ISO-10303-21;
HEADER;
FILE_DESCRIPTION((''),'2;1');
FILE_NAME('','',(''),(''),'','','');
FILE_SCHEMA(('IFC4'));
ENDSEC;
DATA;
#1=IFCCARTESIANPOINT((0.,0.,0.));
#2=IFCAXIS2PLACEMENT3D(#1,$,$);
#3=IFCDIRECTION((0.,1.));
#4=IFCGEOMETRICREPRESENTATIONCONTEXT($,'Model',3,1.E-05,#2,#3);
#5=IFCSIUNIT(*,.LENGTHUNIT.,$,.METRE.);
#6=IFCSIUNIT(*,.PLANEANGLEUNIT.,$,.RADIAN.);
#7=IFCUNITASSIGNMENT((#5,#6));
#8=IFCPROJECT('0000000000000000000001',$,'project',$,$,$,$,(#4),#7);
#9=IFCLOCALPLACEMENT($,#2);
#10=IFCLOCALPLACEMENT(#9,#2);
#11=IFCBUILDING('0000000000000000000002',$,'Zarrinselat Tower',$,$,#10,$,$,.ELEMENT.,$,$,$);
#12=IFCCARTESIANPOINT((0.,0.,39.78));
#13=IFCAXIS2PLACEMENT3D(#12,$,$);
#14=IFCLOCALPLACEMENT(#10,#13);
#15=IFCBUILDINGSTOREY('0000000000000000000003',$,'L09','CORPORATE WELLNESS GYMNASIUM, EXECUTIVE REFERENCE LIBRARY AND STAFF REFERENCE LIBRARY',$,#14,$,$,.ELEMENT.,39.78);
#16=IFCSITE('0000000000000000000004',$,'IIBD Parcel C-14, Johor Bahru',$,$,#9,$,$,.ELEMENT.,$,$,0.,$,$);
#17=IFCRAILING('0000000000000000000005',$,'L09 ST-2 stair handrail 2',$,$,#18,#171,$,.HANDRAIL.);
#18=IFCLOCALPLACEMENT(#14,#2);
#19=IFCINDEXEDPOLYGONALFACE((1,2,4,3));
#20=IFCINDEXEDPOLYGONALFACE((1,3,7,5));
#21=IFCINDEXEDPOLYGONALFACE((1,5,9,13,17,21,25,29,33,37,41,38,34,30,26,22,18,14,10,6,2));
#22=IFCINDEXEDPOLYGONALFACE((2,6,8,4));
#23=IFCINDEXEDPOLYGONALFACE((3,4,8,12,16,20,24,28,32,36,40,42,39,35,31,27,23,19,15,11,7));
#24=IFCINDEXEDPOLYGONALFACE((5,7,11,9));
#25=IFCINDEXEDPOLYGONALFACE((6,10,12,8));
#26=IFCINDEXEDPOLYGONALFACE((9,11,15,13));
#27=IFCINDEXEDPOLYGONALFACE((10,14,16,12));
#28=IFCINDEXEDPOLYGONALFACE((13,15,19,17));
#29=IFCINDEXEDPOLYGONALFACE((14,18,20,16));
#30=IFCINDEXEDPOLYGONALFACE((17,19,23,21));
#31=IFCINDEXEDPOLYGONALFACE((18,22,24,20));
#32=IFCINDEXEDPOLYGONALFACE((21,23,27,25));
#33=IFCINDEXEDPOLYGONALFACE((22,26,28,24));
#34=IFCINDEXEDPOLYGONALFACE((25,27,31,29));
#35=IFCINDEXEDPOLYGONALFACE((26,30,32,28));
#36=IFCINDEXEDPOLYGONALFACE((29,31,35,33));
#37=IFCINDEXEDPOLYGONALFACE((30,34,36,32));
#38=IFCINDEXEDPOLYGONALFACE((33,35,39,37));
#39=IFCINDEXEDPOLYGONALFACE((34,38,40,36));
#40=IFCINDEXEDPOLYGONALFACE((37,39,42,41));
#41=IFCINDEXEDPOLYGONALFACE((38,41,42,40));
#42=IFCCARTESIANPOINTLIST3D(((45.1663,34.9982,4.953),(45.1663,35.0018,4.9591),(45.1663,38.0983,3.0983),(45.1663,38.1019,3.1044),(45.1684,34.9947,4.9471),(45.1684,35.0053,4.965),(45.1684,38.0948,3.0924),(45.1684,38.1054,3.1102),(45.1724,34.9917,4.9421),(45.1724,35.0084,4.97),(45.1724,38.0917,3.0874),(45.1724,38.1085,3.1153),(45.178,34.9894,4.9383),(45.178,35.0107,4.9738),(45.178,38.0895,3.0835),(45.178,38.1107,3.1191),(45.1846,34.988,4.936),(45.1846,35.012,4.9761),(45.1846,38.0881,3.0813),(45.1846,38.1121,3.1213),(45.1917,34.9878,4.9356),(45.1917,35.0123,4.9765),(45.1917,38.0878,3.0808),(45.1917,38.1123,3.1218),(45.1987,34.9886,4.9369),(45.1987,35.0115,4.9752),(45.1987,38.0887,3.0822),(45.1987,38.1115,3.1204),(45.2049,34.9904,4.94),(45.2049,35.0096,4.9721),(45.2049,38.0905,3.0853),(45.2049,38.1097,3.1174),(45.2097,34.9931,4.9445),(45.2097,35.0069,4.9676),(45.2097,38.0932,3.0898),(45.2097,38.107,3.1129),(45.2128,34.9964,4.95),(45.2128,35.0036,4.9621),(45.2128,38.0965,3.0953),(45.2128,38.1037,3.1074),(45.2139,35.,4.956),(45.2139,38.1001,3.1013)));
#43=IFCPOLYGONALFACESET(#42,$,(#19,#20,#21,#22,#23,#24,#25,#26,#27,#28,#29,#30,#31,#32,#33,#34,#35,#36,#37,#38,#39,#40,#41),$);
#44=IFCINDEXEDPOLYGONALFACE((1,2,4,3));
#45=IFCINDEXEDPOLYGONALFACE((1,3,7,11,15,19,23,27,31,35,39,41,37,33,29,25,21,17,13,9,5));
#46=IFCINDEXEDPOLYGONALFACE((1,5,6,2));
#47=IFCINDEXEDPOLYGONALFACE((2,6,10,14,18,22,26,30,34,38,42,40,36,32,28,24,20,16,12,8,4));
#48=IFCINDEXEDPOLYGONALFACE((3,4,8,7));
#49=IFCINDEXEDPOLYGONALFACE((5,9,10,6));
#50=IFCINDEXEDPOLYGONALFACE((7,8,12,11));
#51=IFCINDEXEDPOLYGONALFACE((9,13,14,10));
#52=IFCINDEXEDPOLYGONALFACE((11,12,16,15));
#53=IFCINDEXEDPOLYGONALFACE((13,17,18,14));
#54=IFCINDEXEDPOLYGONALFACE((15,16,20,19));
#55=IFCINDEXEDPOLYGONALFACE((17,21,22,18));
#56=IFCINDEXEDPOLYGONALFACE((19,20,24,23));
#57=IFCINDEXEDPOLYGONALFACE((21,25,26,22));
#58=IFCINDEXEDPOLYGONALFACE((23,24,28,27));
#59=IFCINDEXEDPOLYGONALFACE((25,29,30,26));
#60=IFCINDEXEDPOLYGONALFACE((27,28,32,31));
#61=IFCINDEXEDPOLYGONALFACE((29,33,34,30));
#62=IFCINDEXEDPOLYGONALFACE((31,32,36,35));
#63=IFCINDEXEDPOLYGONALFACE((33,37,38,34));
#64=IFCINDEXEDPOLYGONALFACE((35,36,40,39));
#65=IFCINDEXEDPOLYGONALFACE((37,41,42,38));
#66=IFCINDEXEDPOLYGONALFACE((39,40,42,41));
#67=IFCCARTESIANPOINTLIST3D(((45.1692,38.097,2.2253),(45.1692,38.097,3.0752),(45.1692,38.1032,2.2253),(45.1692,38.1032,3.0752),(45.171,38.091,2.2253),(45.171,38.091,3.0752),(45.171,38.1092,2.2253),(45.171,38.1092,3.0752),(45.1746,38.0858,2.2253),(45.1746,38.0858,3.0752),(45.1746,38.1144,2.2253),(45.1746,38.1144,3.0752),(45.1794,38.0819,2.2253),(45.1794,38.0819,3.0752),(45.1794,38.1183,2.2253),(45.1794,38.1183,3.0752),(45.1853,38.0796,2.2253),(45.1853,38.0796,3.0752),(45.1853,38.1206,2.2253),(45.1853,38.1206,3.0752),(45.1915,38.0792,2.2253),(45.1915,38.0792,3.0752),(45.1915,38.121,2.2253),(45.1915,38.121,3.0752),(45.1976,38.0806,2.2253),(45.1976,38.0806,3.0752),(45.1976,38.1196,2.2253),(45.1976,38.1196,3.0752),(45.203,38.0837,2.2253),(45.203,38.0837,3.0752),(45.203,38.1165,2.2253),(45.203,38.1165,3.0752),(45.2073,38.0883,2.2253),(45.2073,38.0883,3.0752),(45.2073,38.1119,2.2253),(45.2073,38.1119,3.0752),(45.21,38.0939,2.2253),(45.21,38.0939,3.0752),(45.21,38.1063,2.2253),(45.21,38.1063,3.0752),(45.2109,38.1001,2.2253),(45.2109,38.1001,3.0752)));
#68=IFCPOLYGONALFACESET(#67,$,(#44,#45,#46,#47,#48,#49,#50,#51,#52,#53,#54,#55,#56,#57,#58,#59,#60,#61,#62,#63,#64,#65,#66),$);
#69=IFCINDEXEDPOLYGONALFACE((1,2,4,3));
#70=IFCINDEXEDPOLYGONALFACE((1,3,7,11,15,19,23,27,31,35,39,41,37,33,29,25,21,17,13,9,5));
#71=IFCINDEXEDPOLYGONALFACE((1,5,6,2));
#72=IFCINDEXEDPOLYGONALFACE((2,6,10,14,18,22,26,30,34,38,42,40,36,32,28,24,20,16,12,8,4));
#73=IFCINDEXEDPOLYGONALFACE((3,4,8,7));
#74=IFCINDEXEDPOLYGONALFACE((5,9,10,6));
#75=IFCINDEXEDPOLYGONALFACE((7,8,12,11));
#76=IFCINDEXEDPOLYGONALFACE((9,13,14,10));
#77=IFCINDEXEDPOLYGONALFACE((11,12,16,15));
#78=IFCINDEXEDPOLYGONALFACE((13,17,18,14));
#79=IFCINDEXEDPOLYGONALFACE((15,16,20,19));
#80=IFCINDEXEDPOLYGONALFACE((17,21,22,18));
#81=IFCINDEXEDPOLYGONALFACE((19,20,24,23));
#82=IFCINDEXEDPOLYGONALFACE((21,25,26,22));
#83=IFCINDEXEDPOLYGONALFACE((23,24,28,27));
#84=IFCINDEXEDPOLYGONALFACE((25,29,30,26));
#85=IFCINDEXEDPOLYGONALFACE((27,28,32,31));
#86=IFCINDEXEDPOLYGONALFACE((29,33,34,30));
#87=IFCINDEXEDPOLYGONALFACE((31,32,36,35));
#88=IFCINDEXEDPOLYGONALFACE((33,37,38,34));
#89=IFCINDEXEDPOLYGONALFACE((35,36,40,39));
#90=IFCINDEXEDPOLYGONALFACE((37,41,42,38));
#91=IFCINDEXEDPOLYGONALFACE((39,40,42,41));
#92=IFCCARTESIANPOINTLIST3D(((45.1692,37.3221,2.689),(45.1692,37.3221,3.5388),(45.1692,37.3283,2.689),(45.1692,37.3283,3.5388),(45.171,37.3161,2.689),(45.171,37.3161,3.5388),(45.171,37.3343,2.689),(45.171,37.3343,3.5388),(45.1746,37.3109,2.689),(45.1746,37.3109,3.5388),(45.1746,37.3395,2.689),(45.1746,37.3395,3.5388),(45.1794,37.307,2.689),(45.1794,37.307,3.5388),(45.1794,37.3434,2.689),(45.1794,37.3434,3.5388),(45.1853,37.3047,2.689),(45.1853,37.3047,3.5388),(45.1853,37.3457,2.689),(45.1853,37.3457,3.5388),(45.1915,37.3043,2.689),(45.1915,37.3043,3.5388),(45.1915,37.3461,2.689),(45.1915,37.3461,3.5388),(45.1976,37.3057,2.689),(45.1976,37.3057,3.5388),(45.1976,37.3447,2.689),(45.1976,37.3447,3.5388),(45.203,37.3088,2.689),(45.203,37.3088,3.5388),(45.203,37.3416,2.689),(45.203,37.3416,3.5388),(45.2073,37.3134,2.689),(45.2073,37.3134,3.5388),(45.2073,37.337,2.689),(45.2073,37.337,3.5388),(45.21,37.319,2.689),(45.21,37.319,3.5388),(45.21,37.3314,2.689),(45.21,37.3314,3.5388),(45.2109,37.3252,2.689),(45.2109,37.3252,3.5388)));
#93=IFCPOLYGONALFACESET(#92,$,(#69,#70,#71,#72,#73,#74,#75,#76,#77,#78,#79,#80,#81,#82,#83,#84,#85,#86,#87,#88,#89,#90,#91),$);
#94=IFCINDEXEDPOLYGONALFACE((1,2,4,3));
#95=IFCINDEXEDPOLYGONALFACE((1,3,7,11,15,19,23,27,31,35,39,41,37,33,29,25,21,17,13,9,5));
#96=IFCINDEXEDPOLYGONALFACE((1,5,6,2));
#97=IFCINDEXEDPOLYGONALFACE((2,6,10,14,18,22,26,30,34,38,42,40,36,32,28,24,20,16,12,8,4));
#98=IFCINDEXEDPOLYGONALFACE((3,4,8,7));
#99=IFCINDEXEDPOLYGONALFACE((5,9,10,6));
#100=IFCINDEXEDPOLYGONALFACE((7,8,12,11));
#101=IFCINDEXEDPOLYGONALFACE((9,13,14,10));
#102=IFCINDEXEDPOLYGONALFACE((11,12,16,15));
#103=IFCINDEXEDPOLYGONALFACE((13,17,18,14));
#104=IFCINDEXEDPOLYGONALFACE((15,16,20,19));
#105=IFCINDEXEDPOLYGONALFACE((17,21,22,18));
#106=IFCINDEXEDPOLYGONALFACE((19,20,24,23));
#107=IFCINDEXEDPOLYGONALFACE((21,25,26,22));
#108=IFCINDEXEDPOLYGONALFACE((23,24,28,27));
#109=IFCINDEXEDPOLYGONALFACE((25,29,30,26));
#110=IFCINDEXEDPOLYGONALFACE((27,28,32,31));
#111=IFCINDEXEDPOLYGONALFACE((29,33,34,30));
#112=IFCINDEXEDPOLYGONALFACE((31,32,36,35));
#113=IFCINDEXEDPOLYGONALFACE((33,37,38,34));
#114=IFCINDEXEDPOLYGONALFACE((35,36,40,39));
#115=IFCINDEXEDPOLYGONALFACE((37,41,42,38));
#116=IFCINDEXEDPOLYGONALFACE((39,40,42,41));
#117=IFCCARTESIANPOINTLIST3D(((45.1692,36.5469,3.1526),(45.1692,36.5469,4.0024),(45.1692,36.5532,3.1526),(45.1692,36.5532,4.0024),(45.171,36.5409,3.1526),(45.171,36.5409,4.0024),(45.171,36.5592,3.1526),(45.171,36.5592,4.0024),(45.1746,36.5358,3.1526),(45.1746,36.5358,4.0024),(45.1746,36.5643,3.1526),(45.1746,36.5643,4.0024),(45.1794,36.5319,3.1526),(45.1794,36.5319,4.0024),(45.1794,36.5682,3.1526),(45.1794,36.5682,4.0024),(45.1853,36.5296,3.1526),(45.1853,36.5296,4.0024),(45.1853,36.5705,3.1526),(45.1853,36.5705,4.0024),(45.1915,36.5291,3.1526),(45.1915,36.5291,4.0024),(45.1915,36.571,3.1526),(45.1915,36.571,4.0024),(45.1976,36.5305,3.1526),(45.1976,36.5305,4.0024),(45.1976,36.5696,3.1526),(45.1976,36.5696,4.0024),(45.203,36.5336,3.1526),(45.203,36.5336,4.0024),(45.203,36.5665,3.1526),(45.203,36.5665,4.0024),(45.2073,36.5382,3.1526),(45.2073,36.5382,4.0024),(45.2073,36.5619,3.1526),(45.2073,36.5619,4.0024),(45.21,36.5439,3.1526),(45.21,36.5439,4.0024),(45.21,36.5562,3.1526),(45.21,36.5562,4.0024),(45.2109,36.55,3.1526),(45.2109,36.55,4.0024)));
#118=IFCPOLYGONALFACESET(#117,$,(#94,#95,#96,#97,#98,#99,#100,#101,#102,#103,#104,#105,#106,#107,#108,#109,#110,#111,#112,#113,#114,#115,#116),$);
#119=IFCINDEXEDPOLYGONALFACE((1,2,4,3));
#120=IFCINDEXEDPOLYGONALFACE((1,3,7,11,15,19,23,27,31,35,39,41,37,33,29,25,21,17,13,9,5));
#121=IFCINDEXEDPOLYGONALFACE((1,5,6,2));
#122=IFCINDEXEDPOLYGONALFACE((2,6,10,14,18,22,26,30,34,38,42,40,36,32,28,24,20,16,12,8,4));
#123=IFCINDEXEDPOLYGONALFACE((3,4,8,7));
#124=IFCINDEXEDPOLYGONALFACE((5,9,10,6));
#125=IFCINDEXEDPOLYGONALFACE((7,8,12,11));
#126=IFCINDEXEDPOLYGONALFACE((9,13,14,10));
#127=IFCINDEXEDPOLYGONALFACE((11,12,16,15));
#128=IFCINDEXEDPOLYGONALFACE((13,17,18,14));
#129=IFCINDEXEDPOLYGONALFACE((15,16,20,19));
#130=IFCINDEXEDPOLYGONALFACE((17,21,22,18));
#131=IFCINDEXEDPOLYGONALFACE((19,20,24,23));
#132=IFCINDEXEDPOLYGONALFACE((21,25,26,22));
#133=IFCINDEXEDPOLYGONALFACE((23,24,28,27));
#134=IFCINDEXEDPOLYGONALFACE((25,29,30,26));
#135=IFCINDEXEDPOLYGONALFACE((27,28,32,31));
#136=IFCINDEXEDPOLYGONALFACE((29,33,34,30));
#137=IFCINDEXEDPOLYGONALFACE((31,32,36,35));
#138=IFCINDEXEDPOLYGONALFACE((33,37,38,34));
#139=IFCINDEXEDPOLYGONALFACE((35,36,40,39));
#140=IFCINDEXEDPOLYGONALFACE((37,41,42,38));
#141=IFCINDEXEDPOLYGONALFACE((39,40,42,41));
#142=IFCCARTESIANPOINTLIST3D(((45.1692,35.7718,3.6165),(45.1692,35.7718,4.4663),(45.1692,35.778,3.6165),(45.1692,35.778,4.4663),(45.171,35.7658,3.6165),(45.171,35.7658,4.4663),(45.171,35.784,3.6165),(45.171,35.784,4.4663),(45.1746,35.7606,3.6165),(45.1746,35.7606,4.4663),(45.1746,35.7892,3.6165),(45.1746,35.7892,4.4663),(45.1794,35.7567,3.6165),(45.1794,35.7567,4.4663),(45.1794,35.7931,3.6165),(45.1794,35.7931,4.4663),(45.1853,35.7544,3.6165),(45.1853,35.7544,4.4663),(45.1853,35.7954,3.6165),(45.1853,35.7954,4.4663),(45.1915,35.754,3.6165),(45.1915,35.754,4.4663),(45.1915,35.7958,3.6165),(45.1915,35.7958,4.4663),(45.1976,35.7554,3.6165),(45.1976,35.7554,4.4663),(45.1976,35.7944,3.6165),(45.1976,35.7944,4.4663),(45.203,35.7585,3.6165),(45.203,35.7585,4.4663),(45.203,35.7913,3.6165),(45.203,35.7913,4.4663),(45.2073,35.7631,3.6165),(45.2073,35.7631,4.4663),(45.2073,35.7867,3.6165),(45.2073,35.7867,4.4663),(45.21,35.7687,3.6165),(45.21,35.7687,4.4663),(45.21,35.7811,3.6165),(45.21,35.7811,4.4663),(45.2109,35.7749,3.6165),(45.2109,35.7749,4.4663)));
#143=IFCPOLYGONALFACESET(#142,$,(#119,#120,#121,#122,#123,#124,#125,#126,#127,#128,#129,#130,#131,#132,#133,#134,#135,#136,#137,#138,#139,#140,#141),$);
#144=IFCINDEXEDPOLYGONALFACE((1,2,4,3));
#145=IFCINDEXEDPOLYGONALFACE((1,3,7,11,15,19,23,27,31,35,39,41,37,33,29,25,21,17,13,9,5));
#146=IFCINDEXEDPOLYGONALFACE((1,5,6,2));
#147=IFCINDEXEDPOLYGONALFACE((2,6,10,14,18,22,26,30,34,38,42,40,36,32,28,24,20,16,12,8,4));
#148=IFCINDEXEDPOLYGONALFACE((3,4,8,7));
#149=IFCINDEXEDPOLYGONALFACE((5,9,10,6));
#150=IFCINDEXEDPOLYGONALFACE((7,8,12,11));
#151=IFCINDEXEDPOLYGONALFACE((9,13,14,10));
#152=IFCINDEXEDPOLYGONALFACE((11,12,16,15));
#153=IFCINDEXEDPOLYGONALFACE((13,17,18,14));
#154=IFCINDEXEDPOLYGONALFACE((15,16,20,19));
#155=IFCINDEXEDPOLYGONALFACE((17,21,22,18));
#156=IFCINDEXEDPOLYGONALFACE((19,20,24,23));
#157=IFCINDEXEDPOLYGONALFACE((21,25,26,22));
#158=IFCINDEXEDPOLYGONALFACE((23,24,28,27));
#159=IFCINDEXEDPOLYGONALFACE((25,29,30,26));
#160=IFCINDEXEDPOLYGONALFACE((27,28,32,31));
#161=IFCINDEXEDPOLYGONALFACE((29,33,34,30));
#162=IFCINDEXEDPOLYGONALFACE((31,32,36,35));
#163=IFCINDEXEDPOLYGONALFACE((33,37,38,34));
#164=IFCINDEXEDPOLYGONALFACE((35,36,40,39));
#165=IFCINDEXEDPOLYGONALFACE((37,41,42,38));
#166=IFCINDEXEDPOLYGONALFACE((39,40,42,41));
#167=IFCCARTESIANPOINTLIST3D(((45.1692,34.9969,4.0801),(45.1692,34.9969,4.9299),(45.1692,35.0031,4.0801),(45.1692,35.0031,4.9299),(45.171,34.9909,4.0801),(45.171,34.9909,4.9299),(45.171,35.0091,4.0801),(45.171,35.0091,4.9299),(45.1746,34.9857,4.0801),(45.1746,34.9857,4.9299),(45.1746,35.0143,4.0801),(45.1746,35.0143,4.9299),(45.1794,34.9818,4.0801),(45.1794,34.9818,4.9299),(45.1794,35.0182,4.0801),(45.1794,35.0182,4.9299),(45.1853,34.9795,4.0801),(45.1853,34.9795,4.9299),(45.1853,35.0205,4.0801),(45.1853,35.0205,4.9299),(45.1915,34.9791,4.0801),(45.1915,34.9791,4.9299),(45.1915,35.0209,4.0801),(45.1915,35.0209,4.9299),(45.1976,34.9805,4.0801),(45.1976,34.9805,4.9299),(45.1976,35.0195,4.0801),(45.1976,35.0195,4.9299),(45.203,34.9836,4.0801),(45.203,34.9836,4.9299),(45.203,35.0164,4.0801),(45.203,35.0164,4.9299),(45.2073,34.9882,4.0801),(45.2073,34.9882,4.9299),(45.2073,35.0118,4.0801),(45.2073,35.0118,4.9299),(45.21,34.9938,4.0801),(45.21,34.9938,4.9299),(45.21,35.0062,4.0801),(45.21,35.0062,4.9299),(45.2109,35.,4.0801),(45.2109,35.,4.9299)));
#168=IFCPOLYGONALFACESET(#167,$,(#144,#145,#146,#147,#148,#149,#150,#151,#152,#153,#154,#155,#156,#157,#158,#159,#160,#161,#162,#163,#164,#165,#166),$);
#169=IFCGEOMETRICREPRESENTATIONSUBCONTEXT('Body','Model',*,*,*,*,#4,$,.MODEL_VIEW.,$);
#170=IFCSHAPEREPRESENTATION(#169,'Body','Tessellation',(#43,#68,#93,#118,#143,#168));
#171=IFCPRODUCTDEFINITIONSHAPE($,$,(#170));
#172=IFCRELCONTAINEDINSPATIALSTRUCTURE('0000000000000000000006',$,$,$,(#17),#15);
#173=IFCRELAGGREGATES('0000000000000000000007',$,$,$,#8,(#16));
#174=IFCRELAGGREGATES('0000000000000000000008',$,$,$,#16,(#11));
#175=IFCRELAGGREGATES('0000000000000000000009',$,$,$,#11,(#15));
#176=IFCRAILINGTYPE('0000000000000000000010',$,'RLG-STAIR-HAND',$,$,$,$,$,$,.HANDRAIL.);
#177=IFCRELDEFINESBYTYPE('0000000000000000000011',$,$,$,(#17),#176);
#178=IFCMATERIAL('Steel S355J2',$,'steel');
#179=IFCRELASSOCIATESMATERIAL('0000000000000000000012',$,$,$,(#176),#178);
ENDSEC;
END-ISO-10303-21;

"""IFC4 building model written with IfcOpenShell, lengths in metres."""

from ifc_helpers import new_model, si_unit, direction, frame, origin, origin_2d, place, context, subcontext, project, spatial, circle, extrude, material, type_object, element, save


model = new_model("IFC4")

# Units and contexts
model_context = context("Model", 3, precision=1e-05, world=origin(), true_north=direction((0.0, 1.0)))
body_context = subcontext(model_context, "Body", "Model", "MODEL_VIEW")
ifc_project = project(units=[si_unit("LENGTHUNIT", "METRE"), si_unit("PLANEANGLEUNIT", "RADIAN")], contexts=[model_context])

# Site, building, storey
site_placement = place(None, origin())
site = spatial("IfcSite", under=ifc_project, at=site_placement, Name="IIBD Parcel C-14, Johor Bahru", CompositionType="ELEMENT", RefElevation=0.0)
building_placement = place(site_placement, origin())
building = spatial("IfcBuilding", under=site, at=building_placement, Name="Zarrinselat Tower", CompositionType="ELEMENT")
storey_placement = place(building_placement, frame((0.0, 0.0, 39.78)))
storey = spatial("IfcBuildingStorey", under=building, at=storey_placement, Name="L09", Description="CORPORATE WELLNESS GYMNASIUM, EXECUTIVE REFERENCE LIBRARY AND STAFF REFERENCE LIBRARY", CompositionType="ELEMENT", Elevation=39.78)

# Railing
ifc_material_1 = material(Name="Steel S355J2", Category="steel")
railing_type_1 = type_object("IfcRailingType", Name="RLG-STAIR-HAND", PredefinedType="HANDRAIL", material=ifc_material_1)
railing_1_placement = place(storey_placement, frame((45.1899, 38.1001, 2.2253)))
element("IfcRailing", 1, at=railing_1_placement, inside=storey, type_object=railing_type_1, Name="L09 ST-2 stair handrail 2", PredefinedType="HANDRAIL", context=body_context, shape_type="SweptSolid", body=[
    extrude(circle(Radius=0.0239, at=origin_2d()), frame((0.0, 0.0, 0.876), z_axis=(0.0, -0.858142, 0.513412), x_axis=(1.0, 0.0, 0.0)), (0.0, 0.0, 1.0), 3.6125),
    extrude(circle(Radius=0.021, at=origin_2d()), origin(), (0.0, 0.0, 1.0), 0.8499),
    extrude(circle(Radius=0.021, at=origin_2d()), frame((0.0, -0.7749, 0.4636)), (0.0, 0.0, 1.0), 0.8499),
    extrude(circle(Radius=0.021, at=origin_2d()), frame((0.0, -1.55, 0.9272)), (0.0, 0.0, 1.0), 0.8499),
    extrude(circle(Radius=0.021, at=origin_2d()), frame((0.0, -2.3252, 1.3911)), (0.0, 0.0, 1.0), 0.8499),
    extrude(circle(Radius=0.021, at=origin_2d()), frame((0.0, -3.1001, 1.8547)), (0.0, 0.0, 1.0), 0.8499),
])

save(model, "model.ifc")
